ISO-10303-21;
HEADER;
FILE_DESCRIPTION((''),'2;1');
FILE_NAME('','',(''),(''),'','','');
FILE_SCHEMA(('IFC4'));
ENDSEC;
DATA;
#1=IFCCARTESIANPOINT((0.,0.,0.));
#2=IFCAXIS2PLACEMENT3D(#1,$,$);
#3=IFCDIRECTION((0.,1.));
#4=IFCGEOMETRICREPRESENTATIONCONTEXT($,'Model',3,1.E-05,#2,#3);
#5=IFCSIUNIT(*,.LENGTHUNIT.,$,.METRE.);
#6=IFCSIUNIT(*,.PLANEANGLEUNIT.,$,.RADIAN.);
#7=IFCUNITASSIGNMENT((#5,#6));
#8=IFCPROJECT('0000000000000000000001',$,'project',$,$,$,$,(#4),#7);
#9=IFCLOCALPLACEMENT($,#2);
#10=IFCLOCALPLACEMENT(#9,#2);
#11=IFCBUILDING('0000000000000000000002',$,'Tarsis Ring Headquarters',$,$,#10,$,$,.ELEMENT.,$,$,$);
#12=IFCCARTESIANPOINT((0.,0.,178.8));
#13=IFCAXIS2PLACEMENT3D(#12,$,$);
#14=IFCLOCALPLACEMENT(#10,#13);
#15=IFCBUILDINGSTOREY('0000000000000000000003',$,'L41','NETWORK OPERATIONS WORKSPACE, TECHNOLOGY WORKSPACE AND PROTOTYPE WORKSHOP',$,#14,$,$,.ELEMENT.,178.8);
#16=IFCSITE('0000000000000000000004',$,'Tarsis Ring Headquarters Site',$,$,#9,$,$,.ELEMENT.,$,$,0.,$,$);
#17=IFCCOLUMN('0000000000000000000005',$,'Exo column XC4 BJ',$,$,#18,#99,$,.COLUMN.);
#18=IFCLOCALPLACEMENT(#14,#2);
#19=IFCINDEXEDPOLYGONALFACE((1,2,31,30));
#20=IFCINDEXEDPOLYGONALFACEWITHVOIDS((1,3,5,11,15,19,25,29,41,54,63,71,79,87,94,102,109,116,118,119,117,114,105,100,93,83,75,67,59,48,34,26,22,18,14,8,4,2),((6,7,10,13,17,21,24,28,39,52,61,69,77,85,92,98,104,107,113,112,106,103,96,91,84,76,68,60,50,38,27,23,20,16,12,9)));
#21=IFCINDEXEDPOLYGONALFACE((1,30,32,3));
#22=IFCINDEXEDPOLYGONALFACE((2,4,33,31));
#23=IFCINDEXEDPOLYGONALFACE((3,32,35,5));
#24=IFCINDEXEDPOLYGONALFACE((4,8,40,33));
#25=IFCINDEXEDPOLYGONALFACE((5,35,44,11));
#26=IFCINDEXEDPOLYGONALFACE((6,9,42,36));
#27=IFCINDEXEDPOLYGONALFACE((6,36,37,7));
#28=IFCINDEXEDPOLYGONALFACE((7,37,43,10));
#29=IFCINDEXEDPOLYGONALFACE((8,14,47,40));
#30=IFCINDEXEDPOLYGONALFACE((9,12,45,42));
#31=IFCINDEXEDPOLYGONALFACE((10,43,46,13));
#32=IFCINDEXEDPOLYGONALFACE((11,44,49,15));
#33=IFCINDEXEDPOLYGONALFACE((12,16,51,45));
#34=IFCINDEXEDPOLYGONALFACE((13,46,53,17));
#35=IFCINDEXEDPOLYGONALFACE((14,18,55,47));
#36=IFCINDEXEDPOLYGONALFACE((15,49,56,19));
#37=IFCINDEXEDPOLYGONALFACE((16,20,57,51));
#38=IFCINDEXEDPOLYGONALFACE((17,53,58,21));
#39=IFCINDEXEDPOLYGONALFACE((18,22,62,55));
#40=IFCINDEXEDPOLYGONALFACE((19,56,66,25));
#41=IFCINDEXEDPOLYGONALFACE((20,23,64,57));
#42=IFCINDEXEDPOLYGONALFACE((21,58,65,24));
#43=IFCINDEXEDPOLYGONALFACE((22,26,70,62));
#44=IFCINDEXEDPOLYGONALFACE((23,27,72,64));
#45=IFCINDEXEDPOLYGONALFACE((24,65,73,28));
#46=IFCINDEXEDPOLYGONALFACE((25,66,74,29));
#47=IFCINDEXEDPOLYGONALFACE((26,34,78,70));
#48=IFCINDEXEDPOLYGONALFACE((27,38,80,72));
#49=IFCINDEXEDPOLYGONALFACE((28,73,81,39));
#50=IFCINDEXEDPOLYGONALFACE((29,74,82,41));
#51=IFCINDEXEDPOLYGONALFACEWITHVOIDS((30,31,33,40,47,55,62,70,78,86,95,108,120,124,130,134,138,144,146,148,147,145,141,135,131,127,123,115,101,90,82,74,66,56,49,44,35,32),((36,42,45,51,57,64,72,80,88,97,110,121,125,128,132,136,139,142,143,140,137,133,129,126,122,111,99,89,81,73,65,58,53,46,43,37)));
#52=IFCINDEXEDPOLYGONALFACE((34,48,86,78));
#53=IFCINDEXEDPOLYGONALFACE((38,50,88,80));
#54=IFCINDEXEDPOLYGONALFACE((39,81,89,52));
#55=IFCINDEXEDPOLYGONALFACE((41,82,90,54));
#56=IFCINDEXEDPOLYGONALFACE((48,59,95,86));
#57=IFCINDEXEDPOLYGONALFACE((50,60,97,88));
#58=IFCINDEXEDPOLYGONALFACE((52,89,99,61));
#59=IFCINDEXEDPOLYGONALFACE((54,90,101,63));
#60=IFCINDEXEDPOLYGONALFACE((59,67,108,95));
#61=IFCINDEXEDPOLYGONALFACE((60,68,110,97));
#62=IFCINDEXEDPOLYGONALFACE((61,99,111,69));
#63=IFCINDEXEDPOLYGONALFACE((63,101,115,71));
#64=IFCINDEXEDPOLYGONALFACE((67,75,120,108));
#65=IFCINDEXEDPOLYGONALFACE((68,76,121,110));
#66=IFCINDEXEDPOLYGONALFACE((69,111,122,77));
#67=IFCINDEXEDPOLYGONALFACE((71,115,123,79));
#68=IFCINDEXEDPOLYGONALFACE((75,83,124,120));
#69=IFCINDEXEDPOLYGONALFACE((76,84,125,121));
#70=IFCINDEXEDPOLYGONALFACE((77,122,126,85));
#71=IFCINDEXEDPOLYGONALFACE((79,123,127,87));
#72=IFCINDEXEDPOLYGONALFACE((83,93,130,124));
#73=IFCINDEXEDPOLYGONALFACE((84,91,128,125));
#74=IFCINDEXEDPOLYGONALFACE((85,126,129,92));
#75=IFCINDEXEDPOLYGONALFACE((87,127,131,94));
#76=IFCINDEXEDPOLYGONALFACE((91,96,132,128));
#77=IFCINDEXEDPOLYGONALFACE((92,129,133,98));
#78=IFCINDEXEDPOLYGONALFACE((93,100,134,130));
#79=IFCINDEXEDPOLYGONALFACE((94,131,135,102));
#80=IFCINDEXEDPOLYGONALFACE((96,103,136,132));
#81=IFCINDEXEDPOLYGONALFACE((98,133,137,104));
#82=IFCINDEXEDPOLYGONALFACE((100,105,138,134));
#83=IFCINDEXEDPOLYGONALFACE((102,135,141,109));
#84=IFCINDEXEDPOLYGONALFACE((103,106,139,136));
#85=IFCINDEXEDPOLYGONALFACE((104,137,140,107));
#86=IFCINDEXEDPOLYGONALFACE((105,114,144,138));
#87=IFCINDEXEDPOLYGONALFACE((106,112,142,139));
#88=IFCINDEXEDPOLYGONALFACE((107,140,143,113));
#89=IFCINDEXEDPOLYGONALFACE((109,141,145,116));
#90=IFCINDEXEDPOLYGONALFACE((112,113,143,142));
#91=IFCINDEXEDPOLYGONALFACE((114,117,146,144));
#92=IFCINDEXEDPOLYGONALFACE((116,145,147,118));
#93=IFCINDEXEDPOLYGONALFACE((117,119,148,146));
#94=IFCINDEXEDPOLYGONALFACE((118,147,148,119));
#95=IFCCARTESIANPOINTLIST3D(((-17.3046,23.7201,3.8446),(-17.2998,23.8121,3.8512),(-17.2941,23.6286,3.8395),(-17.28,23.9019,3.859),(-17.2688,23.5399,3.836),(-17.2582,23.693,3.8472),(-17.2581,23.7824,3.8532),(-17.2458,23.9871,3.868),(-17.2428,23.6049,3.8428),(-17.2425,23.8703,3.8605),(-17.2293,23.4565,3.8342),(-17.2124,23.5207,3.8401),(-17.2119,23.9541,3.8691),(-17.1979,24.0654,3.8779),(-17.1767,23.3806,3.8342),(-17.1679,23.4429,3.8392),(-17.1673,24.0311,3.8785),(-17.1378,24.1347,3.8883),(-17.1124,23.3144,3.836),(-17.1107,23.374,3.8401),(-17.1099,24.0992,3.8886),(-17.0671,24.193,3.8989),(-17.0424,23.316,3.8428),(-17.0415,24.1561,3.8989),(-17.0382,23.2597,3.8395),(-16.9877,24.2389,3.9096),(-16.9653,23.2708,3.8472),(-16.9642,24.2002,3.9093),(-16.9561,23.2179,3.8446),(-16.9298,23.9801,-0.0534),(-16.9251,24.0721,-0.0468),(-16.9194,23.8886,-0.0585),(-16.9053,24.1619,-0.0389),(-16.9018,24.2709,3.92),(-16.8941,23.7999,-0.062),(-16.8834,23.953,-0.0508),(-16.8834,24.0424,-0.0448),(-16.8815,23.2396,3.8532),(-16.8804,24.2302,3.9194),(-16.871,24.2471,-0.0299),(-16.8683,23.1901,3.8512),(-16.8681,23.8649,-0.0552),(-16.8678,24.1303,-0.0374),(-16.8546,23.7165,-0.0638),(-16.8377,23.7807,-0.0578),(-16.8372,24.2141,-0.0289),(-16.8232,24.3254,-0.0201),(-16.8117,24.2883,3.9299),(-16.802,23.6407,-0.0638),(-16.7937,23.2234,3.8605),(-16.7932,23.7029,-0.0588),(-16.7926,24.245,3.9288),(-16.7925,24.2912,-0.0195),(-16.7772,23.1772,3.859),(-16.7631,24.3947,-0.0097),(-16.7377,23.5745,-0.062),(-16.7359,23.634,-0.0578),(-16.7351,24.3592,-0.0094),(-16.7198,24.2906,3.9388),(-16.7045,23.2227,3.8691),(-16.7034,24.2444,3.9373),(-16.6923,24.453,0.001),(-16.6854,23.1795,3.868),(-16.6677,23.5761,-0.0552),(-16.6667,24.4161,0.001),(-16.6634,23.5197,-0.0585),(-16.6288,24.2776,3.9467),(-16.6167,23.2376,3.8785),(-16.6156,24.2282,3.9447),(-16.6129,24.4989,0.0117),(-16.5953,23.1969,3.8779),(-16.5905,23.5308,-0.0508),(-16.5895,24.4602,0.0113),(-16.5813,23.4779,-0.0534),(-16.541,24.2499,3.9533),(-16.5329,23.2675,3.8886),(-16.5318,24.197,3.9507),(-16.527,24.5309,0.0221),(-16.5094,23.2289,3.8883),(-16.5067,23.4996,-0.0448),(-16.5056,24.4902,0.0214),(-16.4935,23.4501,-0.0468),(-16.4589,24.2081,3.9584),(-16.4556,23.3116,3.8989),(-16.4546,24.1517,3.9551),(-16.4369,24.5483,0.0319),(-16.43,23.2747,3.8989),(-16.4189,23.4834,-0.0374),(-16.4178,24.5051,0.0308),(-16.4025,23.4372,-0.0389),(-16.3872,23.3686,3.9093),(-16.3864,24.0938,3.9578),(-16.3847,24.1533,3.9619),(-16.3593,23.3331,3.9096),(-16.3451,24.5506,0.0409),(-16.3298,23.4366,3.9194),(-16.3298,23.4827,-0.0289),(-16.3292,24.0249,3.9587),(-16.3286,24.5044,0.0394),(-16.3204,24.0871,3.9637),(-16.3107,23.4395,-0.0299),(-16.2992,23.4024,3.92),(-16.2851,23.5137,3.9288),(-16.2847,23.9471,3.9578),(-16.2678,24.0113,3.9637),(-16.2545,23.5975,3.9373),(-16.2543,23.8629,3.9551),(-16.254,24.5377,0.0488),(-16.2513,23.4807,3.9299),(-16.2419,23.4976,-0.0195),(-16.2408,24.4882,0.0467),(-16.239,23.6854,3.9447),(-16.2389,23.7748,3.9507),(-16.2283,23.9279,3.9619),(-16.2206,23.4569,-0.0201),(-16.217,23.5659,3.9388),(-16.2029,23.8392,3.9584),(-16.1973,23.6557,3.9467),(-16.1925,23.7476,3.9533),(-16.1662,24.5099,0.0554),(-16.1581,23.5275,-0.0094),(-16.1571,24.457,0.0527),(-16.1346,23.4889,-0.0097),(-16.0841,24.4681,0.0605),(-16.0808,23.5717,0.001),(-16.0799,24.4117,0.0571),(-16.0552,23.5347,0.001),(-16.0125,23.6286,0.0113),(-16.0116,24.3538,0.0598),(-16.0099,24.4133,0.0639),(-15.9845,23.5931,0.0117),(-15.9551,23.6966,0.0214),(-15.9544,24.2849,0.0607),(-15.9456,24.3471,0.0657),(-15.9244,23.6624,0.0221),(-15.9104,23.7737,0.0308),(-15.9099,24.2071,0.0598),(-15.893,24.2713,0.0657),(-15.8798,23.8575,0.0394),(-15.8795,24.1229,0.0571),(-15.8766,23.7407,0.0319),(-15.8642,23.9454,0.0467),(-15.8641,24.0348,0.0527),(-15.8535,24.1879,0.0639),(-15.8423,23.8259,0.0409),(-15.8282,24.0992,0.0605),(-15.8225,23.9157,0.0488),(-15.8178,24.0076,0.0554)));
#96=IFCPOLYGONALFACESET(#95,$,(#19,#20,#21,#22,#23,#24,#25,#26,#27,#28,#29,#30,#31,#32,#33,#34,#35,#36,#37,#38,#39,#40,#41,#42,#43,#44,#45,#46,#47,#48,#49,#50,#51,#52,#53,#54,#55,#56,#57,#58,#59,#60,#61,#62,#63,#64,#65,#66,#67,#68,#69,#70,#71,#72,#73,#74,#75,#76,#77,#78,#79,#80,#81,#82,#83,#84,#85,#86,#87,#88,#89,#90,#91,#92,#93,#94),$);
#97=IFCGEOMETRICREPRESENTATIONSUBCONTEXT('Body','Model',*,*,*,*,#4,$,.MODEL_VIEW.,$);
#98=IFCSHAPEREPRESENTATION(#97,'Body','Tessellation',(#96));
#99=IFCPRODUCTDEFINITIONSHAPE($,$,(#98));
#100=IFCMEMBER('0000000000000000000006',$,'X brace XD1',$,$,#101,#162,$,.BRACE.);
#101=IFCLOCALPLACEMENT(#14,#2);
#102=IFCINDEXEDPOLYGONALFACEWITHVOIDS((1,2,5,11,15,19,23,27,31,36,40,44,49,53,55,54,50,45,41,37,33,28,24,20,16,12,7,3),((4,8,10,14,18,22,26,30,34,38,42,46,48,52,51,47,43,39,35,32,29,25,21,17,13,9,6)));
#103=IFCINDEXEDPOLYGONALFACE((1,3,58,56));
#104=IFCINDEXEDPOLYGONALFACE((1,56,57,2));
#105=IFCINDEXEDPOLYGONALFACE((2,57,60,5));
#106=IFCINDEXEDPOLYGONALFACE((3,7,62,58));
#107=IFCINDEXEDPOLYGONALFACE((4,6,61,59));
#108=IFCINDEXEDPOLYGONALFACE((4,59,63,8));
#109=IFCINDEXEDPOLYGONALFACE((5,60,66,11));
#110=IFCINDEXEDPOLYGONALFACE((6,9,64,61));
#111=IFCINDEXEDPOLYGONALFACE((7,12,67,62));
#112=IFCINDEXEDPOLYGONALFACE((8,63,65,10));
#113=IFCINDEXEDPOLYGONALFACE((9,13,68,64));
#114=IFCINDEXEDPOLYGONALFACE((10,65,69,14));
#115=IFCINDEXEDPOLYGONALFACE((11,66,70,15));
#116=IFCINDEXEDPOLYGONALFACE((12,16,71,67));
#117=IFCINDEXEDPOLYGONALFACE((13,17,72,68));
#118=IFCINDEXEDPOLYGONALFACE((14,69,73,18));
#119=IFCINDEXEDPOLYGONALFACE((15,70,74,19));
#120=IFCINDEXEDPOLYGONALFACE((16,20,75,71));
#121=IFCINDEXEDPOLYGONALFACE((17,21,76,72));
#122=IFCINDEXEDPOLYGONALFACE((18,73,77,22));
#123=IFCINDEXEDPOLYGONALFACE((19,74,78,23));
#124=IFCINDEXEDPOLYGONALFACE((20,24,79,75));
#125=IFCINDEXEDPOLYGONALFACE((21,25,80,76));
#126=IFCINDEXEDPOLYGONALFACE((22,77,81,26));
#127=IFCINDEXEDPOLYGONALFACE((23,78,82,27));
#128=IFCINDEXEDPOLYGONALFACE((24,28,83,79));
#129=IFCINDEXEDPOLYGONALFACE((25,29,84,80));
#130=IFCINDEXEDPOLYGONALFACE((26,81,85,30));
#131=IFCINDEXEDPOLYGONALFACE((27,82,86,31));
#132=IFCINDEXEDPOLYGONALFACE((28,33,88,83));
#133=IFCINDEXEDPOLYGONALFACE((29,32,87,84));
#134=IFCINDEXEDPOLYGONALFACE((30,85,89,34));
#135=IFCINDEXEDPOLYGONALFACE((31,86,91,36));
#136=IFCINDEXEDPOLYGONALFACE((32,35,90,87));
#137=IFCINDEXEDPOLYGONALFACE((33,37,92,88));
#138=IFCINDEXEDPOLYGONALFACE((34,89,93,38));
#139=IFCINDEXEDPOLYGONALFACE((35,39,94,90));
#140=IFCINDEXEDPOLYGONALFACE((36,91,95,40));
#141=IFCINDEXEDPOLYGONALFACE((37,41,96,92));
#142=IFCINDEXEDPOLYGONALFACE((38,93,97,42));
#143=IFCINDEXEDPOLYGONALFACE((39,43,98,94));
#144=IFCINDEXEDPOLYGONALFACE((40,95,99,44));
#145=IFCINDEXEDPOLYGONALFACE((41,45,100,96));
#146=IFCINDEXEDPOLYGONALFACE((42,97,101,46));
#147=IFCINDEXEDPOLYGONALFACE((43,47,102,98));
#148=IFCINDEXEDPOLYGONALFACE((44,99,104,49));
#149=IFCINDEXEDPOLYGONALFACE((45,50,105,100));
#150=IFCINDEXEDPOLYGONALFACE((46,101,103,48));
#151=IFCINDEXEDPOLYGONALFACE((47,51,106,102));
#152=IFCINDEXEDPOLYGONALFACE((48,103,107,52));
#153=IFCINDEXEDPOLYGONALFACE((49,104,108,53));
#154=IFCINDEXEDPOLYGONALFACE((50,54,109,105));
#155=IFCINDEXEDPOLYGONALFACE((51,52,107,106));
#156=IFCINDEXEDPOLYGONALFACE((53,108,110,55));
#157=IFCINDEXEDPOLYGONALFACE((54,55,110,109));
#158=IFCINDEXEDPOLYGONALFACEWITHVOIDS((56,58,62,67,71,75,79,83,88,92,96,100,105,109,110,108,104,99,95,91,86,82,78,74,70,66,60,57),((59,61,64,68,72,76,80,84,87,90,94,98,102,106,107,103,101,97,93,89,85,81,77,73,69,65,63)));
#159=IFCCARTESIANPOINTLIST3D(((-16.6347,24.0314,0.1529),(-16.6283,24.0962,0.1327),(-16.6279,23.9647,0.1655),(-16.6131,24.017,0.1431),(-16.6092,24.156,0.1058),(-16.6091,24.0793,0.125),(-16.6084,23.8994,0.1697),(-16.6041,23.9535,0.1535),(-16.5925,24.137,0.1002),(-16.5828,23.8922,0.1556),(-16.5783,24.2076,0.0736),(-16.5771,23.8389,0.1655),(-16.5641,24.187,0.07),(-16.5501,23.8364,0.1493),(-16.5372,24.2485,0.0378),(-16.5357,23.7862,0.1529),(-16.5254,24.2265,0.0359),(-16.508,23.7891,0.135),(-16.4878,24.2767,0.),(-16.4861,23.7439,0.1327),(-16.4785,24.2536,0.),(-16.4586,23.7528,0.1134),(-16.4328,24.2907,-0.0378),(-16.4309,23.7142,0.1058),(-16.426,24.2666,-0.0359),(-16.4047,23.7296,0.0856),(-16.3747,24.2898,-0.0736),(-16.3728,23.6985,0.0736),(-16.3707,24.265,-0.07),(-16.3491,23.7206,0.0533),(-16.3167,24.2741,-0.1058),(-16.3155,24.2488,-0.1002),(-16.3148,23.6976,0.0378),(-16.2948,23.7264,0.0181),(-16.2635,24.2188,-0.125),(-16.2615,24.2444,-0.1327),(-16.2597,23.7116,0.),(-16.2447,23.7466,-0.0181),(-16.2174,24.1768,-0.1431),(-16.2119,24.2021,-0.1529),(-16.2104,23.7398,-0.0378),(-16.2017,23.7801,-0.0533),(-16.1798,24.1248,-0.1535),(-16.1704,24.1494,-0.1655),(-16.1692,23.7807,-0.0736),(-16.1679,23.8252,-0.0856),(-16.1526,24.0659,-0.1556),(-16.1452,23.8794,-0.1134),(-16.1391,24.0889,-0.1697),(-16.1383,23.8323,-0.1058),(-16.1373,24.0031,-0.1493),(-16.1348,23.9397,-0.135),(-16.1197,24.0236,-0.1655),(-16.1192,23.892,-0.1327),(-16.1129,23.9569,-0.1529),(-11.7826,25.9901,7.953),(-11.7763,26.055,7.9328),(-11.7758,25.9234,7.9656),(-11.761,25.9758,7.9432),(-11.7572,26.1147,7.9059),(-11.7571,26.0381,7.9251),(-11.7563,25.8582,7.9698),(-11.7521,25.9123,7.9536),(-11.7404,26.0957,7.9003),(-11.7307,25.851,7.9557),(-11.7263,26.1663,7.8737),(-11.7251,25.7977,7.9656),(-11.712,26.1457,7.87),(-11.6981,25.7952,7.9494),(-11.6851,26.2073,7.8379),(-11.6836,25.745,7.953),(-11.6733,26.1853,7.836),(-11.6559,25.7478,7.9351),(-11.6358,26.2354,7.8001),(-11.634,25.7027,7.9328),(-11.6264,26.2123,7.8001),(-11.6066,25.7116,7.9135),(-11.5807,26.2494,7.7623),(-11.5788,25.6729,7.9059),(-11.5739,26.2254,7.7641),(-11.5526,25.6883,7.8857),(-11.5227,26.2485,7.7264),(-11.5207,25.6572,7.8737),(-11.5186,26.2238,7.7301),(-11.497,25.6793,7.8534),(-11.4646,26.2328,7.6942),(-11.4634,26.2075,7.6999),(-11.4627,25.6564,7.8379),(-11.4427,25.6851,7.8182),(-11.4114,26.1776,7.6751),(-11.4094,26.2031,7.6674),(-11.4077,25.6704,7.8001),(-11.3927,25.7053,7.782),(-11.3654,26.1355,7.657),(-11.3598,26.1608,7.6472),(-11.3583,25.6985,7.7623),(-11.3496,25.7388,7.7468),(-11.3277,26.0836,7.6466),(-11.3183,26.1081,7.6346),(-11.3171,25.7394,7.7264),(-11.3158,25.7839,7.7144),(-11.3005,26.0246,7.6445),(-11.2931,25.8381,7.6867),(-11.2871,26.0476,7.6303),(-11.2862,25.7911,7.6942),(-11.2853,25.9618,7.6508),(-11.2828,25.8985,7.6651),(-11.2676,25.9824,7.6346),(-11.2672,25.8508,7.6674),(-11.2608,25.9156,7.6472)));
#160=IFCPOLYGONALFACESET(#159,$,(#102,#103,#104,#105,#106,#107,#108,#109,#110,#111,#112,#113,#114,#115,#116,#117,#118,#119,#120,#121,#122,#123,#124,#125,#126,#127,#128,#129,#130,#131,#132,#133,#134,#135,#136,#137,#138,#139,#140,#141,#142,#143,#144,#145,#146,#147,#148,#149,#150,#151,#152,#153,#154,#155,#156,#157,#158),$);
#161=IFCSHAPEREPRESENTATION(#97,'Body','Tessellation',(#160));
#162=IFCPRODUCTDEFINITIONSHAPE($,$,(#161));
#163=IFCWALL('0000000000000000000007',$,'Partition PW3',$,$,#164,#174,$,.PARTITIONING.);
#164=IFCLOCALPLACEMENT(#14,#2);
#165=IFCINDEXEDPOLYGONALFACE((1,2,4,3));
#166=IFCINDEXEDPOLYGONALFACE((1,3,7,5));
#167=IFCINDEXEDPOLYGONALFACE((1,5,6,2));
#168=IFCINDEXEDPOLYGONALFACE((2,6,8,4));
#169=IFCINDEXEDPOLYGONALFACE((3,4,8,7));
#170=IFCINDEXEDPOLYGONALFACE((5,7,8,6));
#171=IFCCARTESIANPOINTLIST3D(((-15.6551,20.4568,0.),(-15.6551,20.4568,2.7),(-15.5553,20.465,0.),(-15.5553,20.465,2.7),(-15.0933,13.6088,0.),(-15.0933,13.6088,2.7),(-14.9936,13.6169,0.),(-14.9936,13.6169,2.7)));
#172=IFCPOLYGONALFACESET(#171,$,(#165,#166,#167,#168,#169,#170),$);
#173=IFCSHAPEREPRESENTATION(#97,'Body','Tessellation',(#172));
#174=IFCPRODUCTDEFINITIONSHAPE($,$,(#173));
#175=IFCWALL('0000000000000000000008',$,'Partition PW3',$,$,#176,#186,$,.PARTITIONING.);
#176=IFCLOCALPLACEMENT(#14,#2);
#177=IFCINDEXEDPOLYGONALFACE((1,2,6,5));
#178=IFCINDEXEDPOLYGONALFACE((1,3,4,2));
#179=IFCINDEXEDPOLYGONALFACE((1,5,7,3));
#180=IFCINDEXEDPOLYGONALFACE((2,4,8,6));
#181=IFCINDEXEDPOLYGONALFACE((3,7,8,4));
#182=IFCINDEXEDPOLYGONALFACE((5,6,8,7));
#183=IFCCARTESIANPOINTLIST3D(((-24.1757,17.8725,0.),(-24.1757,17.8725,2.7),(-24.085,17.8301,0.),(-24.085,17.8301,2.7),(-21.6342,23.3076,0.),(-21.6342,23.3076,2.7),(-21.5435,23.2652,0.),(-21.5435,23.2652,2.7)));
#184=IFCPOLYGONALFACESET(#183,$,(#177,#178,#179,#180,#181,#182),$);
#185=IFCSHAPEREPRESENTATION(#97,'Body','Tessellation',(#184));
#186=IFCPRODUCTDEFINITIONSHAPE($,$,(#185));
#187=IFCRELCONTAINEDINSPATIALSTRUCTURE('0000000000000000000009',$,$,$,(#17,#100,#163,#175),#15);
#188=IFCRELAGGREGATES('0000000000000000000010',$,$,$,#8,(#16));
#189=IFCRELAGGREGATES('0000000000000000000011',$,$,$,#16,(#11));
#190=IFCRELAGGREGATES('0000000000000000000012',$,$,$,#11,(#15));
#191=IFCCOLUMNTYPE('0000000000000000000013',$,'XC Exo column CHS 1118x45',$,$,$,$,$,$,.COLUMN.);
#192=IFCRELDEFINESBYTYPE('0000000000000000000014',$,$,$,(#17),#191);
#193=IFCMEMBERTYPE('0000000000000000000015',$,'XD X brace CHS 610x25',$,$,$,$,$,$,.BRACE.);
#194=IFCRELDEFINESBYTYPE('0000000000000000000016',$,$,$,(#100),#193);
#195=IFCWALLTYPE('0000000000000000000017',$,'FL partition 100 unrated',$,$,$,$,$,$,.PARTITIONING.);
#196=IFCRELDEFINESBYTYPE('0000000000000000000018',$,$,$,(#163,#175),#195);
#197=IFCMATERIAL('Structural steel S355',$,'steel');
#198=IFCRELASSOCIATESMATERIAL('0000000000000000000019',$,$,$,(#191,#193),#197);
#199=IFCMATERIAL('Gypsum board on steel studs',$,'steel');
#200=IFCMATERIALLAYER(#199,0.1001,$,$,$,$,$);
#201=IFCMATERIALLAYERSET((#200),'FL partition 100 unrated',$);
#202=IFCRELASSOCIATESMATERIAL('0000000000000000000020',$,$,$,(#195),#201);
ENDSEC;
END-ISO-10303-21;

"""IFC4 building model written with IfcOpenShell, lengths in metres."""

from ifc_helpers import new_model, si_unit, direction, frame, frame_2d, origin, origin_2d, place, context, subcontext, project, spatial, rectangle, hollow_circle, extrude, material, layer, layer_set, material_profile, profile_set, type_object, element, save


model = new_model("IFC4")

# Units and contexts
model_context = context("Model", 3, precision=1e-05, world=origin(), true_north=direction((0.0, 1.0)))
body_context = subcontext(model_context, "Body", "Model", "MODEL_VIEW")
ifc_project = project(units=[si_unit("LENGTHUNIT", "METRE"), si_unit("PLANEANGLEUNIT", "RADIAN")], contexts=[model_context])

# Site, building, storey
site_placement = place(None, origin())
site = spatial("IfcSite", under=ifc_project, at=site_placement, Name="Tarsis Ring Headquarters Site", CompositionType="ELEMENT", RefElevation=0.0)
building_placement = place(site_placement, origin())
building = spatial("IfcBuilding", under=site, at=building_placement, Name="Tarsis Ring Headquarters", CompositionType="ELEMENT")
storey_placement = place(building_placement, frame((0.0, 0.0, 178.8)))
storey = spatial("IfcBuildingStorey", under=building, at=storey_placement, Name="L41", Description="NETWORK OPERATIONS WORKSPACE, TECHNOLOGY WORKSPACE AND PROTOTYPE WORKSHOP", CompositionType="ELEMENT", Elevation=178.8)

# Column
ifc_material_1 = material(Name="Structural steel S355", Category="steel")
ifc_material_profile_1 = material_profile(ifc_material_1, hollow_circle(Radius=0.5588, WallThickness=0.0449, at=origin_2d()), Name="CHS 1118x45")
ifc_profile_set_1 = profile_set([ifc_material_profile_1], Name="Structural steel S355")
column_type = type_object("IfcColumnType", Name="XC Exo column CHS 1118x45", PredefinedType="COLUMN", material=ifc_profile_set_1)
column_placement = place(storey_placement, frame((-16.3738, 23.9939, 0.001), z_axis=(-0.09549, -0.066252, 0.993223), x_axis=(0.570045, -0.821614, 0.0)))
element("IfcColumn", 1, at=column_placement, inside=storey, type_object=column_type, Name="Exo column XC4 BJ", PredefinedType="COLUMN", context=body_context, shape_type="SweptSolid", body=[
    extrude(hollow_circle(Radius=0.5588, WallThickness=0.0449, at=origin_2d()), origin(), (0.0, 0.0, 1.0), 3.9246),
])

# Member
ifc_material_profile_2 = material_profile(ifc_material_1, hollow_circle(Radius=0.3047, WallThickness=0.0249, at=origin_2d()), Name="CHS 610x25")
ifc_profile_set_2 = profile_set([ifc_material_profile_2], Name="Structural steel S355")
member_type = type_object("IfcMemberType", Name="XD X brace CHS 610x25", PredefinedType="BRACE", material=ifc_profile_set_2)
member_placement = place(storey_placement, frame((-16.3738, 23.9941, 0.0), z_axis=(0.516586, 0.208542, 0.830451), x_axis=(-0.374341, 0.927291, 0.0)))
element("IfcMember", 2, at=member_placement, inside=storey, type_object=member_type, Name="X brace XD1", PredefinedType="BRACE", context=body_context, shape_type="SweptSolid", body=[
    extrude(hollow_circle(Radius=0.3047, WallThickness=0.0249, at=origin_2d()), origin(), (0.0, 0.0, 1.0), 9.3926),
])

# Walls
ifc_material_2 = material(Name="Gypsum board on steel studs", Category="steel")
ifc_layer_1 = layer(ifc_material_2, 0.1001)
ifc_layer_set_1 = layer_set([ifc_layer_1], Name="FL partition 100 unrated")
wall_type_1 = type_object("IfcWallType", Name="FL partition 100 unrated", PredefinedType="PARTITIONING", material=ifc_layer_set_1)
wall_1_placement = place(storey_placement, frame((-15.6052, 20.4609, 0.0), z_axis=(0.0, 0.0, 1.0), x_axis=(0.081757, -0.996652, 0.0)))
element("IfcWall", 3, at=wall_1_placement, inside=storey, type_object=wall_type_1, Name="Partition PW3", PredefinedType="PARTITIONING", context=body_context, shape_type="SweptSolid", body=[
    extrude(rectangle(XDim=6.8711, YDim=0.1001, at=frame_2d((3.4355, 0.0))), origin(), (0.0, 0.0, 1.0), 2.7),
])
wall_2_placement = place(storey_placement, frame((-24.1304, 17.8513, 0.0), z_axis=(0.0, 0.0, 1.0), x_axis=(0.423589, 0.905854, 0.0)))
element("IfcWall", 4, at=wall_2_placement, inside=storey, type_object=wall_type_1, Name="Partition PW3", PredefinedType="PARTITIONING", context=body_context, shape_type="SweptSolid", body=[
    extrude(rectangle(XDim=6.0, YDim=0.1001, at=frame_2d((3.0, 0.0))), origin(), (0.0, 0.0, 1.0), 2.7),
])

save(model, "model.ifc")
